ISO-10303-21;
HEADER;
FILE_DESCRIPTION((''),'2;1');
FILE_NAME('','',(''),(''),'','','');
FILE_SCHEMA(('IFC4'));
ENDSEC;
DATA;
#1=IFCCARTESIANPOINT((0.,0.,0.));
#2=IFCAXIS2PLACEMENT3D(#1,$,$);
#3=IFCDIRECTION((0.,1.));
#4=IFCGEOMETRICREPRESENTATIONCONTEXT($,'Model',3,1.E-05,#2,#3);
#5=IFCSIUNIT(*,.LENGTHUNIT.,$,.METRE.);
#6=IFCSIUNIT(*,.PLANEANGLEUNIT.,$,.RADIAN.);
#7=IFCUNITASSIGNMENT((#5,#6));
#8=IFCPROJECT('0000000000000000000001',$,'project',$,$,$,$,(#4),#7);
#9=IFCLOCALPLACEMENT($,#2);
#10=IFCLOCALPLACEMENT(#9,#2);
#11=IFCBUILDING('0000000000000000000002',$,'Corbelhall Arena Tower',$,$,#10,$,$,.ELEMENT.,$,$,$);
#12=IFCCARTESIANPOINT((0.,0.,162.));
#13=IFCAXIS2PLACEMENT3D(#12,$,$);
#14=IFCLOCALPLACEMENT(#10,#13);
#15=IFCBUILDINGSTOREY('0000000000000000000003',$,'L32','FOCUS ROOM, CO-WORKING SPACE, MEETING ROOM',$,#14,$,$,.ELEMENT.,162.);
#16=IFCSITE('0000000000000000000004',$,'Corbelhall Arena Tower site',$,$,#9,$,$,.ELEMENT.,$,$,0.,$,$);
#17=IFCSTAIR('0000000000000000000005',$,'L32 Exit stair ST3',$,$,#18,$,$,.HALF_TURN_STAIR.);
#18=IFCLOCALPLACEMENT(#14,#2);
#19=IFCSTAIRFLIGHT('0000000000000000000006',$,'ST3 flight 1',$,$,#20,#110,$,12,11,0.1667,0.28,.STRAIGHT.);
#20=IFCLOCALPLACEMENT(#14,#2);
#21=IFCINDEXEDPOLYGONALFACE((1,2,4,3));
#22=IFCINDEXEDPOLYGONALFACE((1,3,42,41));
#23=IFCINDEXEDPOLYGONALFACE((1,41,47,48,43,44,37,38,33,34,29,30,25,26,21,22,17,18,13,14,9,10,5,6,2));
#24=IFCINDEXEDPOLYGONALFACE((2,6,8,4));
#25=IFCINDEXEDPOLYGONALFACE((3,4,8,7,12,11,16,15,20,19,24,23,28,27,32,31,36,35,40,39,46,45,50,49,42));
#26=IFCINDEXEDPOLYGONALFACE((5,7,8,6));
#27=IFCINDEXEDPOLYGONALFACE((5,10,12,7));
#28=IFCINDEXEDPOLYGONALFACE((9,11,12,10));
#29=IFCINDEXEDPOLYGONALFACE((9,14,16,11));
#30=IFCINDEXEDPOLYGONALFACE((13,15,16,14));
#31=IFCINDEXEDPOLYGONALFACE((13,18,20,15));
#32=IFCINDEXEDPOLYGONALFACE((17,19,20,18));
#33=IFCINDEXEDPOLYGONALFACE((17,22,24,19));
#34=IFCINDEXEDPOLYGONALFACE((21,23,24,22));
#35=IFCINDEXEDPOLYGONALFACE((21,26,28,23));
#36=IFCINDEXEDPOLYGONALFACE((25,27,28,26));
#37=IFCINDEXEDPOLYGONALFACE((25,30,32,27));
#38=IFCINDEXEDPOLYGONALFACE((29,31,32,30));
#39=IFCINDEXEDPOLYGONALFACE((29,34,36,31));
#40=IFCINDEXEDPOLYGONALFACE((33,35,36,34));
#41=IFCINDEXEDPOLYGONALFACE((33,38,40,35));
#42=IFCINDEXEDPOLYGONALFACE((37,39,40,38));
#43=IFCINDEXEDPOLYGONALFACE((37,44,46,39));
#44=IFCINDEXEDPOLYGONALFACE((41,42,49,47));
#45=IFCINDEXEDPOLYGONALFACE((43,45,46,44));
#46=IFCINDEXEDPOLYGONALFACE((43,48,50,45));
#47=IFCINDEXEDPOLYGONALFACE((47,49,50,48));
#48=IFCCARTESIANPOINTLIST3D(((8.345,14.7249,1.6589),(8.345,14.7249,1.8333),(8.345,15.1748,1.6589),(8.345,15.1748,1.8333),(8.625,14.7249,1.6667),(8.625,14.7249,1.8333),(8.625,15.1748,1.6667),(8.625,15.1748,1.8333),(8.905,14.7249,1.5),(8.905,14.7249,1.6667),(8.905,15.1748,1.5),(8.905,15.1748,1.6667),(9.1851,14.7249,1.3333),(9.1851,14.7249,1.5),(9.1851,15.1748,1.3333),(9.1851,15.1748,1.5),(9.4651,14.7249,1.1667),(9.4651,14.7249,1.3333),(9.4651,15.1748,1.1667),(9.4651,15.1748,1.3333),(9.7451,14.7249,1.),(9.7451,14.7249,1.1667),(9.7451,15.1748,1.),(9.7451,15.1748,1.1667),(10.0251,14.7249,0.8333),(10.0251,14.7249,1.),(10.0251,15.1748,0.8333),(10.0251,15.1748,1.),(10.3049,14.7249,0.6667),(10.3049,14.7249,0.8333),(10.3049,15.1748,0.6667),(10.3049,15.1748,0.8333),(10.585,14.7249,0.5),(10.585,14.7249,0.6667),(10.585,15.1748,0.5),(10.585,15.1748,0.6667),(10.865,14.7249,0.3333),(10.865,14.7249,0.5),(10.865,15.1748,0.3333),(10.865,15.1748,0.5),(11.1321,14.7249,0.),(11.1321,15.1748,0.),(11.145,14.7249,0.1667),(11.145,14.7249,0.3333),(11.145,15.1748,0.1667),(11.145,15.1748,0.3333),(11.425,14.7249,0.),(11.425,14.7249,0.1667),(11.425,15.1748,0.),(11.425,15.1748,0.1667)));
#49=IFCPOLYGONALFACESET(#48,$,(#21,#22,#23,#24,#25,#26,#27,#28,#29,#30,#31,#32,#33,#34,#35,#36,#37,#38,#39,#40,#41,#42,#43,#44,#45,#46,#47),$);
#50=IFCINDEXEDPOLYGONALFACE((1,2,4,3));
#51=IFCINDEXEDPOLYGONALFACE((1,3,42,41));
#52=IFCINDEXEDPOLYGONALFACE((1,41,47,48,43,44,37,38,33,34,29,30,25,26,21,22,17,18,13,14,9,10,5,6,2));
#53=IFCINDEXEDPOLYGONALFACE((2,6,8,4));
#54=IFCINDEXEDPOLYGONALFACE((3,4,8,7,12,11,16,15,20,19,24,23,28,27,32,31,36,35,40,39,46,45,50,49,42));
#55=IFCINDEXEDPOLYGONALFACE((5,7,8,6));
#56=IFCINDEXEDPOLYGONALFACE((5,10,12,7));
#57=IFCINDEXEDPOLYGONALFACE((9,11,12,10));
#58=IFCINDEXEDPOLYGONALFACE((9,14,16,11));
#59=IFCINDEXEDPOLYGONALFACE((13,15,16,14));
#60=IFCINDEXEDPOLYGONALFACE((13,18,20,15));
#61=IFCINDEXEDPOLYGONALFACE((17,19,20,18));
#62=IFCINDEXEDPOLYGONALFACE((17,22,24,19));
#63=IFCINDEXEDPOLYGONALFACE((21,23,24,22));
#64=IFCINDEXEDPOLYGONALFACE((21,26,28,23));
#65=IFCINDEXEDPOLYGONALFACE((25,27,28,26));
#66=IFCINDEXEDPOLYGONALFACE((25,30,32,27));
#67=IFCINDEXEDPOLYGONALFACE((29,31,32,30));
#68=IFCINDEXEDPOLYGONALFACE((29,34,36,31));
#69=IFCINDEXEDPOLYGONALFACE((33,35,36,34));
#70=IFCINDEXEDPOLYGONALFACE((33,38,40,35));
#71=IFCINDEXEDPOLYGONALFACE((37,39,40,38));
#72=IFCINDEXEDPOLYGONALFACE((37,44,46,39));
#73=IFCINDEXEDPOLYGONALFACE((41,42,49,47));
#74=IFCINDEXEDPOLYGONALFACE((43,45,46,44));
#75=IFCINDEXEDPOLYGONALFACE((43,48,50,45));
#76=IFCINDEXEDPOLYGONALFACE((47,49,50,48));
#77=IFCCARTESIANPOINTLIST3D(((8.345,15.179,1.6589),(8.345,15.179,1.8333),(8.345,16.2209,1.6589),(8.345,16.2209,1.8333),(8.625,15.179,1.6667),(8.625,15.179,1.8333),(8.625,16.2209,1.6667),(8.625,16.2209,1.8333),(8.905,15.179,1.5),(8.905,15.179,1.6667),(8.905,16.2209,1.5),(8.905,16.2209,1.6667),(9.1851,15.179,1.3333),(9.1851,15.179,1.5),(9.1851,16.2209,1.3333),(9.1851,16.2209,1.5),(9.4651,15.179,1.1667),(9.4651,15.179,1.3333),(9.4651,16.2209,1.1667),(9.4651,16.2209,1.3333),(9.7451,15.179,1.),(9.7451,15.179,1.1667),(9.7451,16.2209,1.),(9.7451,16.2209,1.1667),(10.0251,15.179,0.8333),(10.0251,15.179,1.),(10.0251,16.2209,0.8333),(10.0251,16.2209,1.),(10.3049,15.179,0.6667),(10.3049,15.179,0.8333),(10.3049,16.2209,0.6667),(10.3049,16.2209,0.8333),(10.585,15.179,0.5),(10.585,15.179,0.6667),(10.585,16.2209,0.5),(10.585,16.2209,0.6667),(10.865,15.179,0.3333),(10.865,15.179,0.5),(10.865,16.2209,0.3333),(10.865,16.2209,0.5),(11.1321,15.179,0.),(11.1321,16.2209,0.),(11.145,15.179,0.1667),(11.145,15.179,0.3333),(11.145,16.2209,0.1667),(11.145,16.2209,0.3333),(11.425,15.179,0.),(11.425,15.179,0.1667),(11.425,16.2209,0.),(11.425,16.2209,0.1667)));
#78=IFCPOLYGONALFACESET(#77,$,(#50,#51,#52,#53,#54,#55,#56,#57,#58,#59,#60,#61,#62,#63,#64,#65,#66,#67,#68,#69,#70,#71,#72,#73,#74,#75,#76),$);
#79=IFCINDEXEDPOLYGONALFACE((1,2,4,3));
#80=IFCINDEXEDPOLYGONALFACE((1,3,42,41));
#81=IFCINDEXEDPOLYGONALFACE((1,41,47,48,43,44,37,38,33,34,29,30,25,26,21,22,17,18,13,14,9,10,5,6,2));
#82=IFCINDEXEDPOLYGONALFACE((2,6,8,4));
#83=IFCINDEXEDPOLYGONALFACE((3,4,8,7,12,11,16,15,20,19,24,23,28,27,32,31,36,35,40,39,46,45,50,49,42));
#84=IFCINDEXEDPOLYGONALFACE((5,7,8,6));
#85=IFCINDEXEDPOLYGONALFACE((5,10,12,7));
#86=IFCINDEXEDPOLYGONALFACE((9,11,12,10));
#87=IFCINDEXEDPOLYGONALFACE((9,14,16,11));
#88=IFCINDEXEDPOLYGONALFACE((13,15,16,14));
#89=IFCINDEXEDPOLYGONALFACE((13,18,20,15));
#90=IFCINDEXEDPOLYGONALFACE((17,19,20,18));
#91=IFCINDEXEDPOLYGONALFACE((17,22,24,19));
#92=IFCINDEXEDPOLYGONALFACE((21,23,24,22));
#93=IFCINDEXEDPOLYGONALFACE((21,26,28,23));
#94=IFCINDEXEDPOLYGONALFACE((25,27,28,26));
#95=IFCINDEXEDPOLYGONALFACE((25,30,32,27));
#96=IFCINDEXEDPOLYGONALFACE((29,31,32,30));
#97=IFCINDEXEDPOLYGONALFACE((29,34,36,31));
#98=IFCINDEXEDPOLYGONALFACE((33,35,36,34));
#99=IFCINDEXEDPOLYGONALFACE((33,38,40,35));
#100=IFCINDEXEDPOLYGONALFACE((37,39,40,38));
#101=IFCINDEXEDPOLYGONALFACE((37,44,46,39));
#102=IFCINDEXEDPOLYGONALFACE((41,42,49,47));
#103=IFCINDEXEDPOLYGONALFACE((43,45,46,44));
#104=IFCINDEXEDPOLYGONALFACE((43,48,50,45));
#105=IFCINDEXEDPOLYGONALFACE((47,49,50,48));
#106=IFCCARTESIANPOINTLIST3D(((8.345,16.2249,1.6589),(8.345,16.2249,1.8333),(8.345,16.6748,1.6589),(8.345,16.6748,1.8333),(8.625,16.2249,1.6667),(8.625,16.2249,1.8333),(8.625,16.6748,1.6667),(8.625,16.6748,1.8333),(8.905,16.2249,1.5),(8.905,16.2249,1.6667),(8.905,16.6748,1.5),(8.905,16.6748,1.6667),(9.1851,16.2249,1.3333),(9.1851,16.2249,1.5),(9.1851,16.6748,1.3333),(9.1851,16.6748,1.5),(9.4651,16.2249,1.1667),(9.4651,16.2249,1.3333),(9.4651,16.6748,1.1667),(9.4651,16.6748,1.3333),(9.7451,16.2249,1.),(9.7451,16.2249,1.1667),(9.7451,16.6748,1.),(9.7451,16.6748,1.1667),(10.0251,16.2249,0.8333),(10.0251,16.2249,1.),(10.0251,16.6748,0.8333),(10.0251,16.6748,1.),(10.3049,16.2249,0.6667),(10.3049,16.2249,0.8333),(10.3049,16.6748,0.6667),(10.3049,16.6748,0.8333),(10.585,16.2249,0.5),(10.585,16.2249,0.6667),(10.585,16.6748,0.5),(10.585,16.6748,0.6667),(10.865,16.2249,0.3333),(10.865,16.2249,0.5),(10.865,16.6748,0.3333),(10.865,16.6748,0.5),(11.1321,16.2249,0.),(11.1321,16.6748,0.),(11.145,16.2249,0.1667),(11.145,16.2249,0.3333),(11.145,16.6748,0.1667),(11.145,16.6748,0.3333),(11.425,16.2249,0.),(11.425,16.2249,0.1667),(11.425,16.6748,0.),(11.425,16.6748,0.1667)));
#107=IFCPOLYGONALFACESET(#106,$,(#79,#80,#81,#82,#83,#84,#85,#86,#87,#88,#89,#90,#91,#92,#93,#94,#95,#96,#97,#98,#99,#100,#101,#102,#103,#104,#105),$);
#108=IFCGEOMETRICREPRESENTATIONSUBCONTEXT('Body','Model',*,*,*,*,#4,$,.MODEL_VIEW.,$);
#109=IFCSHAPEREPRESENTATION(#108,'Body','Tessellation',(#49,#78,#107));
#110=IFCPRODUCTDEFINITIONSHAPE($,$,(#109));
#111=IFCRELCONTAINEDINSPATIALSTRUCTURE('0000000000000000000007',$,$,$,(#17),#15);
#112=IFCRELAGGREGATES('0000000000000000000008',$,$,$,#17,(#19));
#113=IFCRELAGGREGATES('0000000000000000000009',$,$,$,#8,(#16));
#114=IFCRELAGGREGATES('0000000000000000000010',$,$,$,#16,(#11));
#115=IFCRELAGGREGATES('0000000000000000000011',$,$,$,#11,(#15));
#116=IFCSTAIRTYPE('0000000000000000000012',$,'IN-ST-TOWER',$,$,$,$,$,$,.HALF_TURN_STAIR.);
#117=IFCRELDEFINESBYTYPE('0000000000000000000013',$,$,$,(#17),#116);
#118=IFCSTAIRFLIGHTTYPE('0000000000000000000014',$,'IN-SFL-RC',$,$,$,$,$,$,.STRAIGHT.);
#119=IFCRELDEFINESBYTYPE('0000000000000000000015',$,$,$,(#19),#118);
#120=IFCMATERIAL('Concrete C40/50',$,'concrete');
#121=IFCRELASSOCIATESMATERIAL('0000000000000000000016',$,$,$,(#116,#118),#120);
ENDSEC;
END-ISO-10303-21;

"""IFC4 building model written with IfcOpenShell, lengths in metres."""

from ifc_helpers import new_model, si_unit, direction, frame, origin, place, context, subcontext, project, spatial, polyline, outline, extrude, material, type_object, element, aggregate, save


model = new_model("IFC4")

# Units and contexts
model_context = context("Model", 3, precision=1e-05, world=origin(), true_north=direction((0.0, 1.0)))
body_context = subcontext(model_context, "Body", "Model", "MODEL_VIEW")
ifc_project = project(units=[si_unit("LENGTHUNIT", "METRE"), si_unit("PLANEANGLEUNIT", "RADIAN")], contexts=[model_context])

# Site, building, storey
site_placement = place(None, origin())
site = spatial("IfcSite", under=ifc_project, at=site_placement, Name="Corbelhall Arena Tower site", CompositionType="ELEMENT", RefElevation=0.0)
building_placement = place(site_placement, origin())
building = spatial("IfcBuilding", under=site, at=building_placement, Name="Corbelhall Arena Tower", CompositionType="ELEMENT")
storey_placement = place(building_placement, frame((0.0, 0.0, 162.0)))
storey = spatial("IfcBuildingStorey", under=building, at=storey_placement, Name="L32", Description="FOCUS ROOM, CO-WORKING SPACE, MEETING ROOM", CompositionType="ELEMENT", Elevation=162.0)

# Shared definitions
ifc_material_1 = material(Name="Concrete C40/50", Category="concrete")

# Stair, stair flight
stair_type = type_object("IfcStairType", Name="IN-ST-TOWER", PredefinedType="HALF_TURN_STAIR", material=ifc_material_1)
stair_placement = place(storey_placement, origin())
stair = element("IfcStair", 1, at=stair_placement, inside=storey, type_object=stair_type, Name="L32 Exit stair ST3", PredefinedType="HALF_TURN_STAIR")
stair_flight_type = type_object("IfcStairFlightType", Name="IN-SFL-RC", PredefinedType="STRAIGHT", material=ifc_material_1)
stair_flight_1_placement = place(storey_placement, frame((11.425, 15.7, 0.0), z_axis=(0.0, 0.0, 1.0), x_axis=(-1.0, 0.0, 0.0)))
stair_flight_1 = element("IfcStairFlight", 2, at=stair_flight_1_placement, type_object=stair_flight_type, Name="ST3 flight 1", NumberOfRisers=12, NumberOfTreads=11, PredefinedType="STRAIGHT", RiserHeight=0.1667, TreadLength=0.28, context=body_context, shape_type="SweptSolid", body=[
    extrude(outline(polyline([(0.0, 0.0), (0.0, 0.1667), (0.28, 0.1667), (0.28, 0.3333), (0.5601, 0.3333), (0.5601, 0.5), (0.8401, 0.5), (0.8401, 0.6667), (1.1201, 0.6667), (1.1201, 0.8333), (1.3999, 0.8333), (1.3999, 1.0), (1.6799, 1.0), (1.6799, 1.1667), (1.96, 1.1667), (1.96, 1.3333), (2.24, 1.3333), (2.24, 1.5), (2.52, 1.5), (2.52, 1.6667), (2.8, 1.6667), (2.8, 1.8333), (3.0801, 1.8333), (3.0801, 2.0), (3.0801, 1.6589), (0.293, 0.0), (0.0, 0.0)])), frame((0.0, 0.9751, 0.0), z_axis=(0.0, -1.0, 0.0), x_axis=(1.0, 0.0, 0.0)), (0.0, 0.0, 1.0), 0.45),
    extrude(outline(polyline([(0.0, 0.0), (0.0, 0.1667), (0.28, 0.1667), (0.28, 0.3333), (0.5601, 0.3333), (0.5601, 0.5), (0.8401, 0.5), (0.8401, 0.6667), (1.1201, 0.6667), (1.1201, 0.8333), (1.3999, 0.8333), (1.3999, 1.0), (1.6799, 1.0), (1.6799, 1.1667), (1.96, 1.1667), (1.96, 1.3333), (2.24, 1.3333), (2.24, 1.5), (2.52, 1.5), (2.52, 1.6667), (2.8, 1.6667), (2.8, 1.8333), (3.0801, 1.8333), (3.0801, 2.0), (3.0801, 1.6589), (0.293, 0.0), (0.0, 0.0)])), frame((0.0, 0.521, 0.0), z_axis=(0.0, -1.0, 0.0), x_axis=(1.0, 0.0, 0.0)), (0.0, 0.0, 1.0), 1.042),
    extrude(outline(polyline([(0.0, 0.0), (0.0, 0.1667), (0.28, 0.1667), (0.28, 0.3333), (0.5601, 0.3333), (0.5601, 0.5), (0.8401, 0.5), (0.8401, 0.6667), (1.1201, 0.6667), (1.1201, 0.8333), (1.3999, 0.8333), (1.3999, 1.0), (1.6799, 1.0), (1.6799, 1.1667), (1.96, 1.1667), (1.96, 1.3333), (2.24, 1.3333), (2.24, 1.5), (2.52, 1.5), (2.52, 1.6667), (2.8, 1.6667), (2.8, 1.8333), (3.0801, 1.8333), (3.0801, 2.0), (3.0801, 1.6589), (0.293, 0.0), (0.0, 0.0)])), frame((0.0, -0.5249, 0.0), z_axis=(0.0, -1.0, 0.0), x_axis=(1.0, 0.0, 0.0)), (0.0, 0.0, 1.0), 0.45),
])
aggregate(stair, [stair_flight_1])

save(model, "model.ifc")
